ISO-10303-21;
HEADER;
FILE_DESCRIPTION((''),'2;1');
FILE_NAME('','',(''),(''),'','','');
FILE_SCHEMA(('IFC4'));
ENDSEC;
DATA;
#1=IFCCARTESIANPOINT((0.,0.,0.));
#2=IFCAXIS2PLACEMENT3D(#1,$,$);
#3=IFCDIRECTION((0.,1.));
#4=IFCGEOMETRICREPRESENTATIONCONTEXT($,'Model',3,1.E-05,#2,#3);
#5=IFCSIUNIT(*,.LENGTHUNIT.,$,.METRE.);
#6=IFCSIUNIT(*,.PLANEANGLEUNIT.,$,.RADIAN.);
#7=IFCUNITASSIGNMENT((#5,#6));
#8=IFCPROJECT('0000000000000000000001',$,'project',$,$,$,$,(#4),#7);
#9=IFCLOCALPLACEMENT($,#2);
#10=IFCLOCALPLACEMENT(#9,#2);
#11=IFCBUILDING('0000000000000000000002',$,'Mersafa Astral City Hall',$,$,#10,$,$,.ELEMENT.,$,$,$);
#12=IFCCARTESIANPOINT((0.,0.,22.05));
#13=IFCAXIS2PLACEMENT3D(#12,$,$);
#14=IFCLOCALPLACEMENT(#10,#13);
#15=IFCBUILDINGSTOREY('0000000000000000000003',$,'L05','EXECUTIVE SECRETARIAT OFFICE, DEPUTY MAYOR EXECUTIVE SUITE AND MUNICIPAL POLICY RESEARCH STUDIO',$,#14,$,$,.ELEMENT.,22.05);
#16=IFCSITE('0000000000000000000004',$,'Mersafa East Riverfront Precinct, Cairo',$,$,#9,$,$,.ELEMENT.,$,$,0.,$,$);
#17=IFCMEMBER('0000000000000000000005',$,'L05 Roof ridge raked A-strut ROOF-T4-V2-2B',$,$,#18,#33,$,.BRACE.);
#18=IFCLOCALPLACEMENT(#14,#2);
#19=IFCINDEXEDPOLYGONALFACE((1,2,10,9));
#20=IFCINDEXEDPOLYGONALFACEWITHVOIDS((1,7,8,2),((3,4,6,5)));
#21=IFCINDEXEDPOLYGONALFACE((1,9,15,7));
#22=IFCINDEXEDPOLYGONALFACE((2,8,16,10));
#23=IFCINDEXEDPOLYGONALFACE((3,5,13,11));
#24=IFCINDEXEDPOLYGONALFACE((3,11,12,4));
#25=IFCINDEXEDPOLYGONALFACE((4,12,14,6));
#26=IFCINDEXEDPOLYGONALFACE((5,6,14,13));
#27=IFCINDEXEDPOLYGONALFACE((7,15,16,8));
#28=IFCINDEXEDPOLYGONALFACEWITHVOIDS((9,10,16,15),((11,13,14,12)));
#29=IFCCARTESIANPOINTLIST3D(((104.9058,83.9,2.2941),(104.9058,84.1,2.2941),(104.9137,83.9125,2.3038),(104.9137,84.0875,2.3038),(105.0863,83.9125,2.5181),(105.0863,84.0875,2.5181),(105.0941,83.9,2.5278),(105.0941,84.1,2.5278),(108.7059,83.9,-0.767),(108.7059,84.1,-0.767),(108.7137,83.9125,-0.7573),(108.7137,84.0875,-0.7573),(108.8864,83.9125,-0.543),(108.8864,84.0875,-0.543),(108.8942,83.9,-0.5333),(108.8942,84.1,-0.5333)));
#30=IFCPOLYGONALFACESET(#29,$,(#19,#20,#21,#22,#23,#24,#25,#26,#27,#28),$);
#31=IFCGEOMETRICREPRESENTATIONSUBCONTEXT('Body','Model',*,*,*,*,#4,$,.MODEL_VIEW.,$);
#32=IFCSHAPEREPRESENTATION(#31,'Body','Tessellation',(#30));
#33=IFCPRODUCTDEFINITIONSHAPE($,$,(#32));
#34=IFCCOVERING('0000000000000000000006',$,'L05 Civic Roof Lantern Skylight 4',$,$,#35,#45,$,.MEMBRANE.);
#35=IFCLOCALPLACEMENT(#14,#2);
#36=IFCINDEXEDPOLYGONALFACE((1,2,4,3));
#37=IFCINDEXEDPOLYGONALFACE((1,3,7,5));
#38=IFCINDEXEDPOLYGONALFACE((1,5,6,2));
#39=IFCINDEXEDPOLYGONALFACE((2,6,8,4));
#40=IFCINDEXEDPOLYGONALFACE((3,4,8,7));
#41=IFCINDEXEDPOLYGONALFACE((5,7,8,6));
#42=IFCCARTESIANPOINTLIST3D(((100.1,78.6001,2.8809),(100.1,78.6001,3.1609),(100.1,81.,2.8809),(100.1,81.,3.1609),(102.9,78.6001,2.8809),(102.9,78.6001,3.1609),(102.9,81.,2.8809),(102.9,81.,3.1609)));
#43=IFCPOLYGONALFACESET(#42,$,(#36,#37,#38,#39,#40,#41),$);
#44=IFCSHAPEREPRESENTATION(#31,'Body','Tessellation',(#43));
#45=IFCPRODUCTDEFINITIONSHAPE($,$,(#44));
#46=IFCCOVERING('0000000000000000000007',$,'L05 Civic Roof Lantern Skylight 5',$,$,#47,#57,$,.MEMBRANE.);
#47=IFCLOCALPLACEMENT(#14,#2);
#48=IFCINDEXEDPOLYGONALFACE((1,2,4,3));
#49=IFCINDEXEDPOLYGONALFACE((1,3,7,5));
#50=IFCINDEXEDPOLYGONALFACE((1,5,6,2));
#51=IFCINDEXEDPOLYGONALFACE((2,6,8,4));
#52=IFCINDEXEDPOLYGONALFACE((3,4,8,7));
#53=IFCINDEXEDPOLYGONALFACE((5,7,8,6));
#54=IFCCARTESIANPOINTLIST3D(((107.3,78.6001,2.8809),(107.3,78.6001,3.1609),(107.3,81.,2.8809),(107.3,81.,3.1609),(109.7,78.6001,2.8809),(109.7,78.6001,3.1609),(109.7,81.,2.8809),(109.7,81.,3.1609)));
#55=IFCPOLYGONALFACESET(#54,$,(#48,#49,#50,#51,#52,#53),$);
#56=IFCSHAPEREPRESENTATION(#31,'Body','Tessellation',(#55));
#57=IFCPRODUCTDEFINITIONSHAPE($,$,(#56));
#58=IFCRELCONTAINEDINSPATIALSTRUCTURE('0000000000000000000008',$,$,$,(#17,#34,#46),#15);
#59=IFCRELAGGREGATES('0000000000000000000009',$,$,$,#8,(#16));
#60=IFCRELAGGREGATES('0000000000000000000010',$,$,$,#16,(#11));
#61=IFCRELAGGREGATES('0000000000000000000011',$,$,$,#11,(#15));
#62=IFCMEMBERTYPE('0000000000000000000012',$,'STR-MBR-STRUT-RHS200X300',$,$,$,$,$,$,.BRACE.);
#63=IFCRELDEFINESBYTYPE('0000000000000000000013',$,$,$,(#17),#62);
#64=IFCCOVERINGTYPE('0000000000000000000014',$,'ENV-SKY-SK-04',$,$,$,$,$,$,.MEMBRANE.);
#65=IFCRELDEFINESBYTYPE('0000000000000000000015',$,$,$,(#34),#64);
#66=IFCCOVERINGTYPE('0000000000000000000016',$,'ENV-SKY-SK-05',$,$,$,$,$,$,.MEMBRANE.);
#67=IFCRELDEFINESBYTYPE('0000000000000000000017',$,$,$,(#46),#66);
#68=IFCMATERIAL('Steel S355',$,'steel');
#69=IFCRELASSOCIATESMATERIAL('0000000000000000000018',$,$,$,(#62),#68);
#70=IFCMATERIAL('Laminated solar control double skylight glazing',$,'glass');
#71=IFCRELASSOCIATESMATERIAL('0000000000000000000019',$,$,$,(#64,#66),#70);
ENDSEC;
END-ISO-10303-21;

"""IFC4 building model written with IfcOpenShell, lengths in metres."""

from ifc_helpers import new_model, si_unit, direction, frame, origin, origin_2d, place, context, subcontext, project, spatial, rectangle, hollow_rectangle, extrude, material, material_profile, profile_set, type_object, element, save


model = new_model("IFC4")

# Units and contexts
model_context = context("Model", 3, precision=1e-05, world=origin(), true_north=direction((0.0, 1.0)))
body_context = subcontext(model_context, "Body", "Model", "MODEL_VIEW")
ifc_project = project(units=[si_unit("LENGTHUNIT", "METRE"), si_unit("PLANEANGLEUNIT", "RADIAN")], contexts=[model_context])

# Site, building, storey
site_placement = place(None, origin())
site = spatial("IfcSite", under=ifc_project, at=site_placement, Name="Mersafa East Riverfront Precinct, Cairo", CompositionType="ELEMENT", RefElevation=0.0)
building_placement = place(site_placement, origin())
building = spatial("IfcBuilding", under=site, at=building_placement, Name="Mersafa Astral City Hall", CompositionType="ELEMENT")
storey_placement = place(building_placement, frame((0.0, 0.0, 22.05)))
storey = spatial("IfcBuildingStorey", under=building, at=storey_placement, Name="L05", Description="EXECUTIVE SECRETARIAT OFFICE, DEPUTY MAYOR EXECUTIVE SUITE AND MUNICIPAL POLICY RESEARCH STUDIO", CompositionType="ELEMENT", Elevation=22.05)

# Shared definitions
ifc_material_1 = material(Name="Steel S355", Category="steel")

# Member
ifc_material_profile_1 = material_profile(ifc_material_1, hollow_rectangle(XDim=0.2, YDim=0.3, WallThickness=0.0125, at=origin_2d()), Name="RHS 200x300x12.5")
ifc_profile_set_1 = profile_set([ifc_material_profile_1], Name="Steel S355")
member_type_1 = type_object("IfcMemberType", Name="STR-MBR-STRUT-RHS200X300", PredefinedType="BRACE", material=ifc_profile_set_1)
for number, where, z_axis, x_axis, name in (
    (1, (108.8, 84.0, -0.6501), (-0.778765, 0.0, 0.627315), (0.0, -1.0, 0.0), "L05 Roof ridge raked A-strut ROOF-T4-V2-2B"),
):
    element("IfcMember", number, at=place(storey_placement, frame(where, z_axis=z_axis, x_axis=x_axis)), inside=storey, type_object=member_type_1, Name=name, PredefinedType="BRACE", context=body_context, shape_type="SweptSolid", body=[
        extrude(hollow_rectangle(XDim=0.2, YDim=0.3, WallThickness=0.0125, at=origin_2d()), origin(), (0.0, 0.0, 1.0), 4.8796),
    ])

# Coverings
ifc_material_2 = material(Name="Laminated solar control double skylight glazing", Category="glass")
covering_type_1 = type_object("IfcCoveringType", Name="ENV-SKY-SK-04", PredefinedType="MEMBRANE", material=ifc_material_2)
covering_1_placement = place(storey_placement, frame((101.5, 79.8, 2.8809), z_axis=(0.0, 0.0, 1.0), x_axis=(1.0, 0.0, 0.0)))
element("IfcCovering", 2, at=covering_1_placement, inside=storey, type_object=covering_type_1, Name="L05 Civic Roof Lantern Skylight 4", PredefinedType="MEMBRANE", context=body_context, shape_type="SweptSolid", body=[
    extrude(rectangle(XDim=2.8, YDim=2.3999, at=origin_2d()), origin(), (0.0, 0.0, 1.0), 0.28),
])
covering_type_2 = type_object("IfcCoveringType", Name="ENV-SKY-SK-05", PredefinedType="MEMBRANE", material=ifc_material_2)
covering_2_placement = place(storey_placement, frame((108.5, 79.8, 2.8809), z_axis=(0.0, 0.0, 1.0), x_axis=(1.0, 0.0, 0.0)))
element("IfcCovering", 3, at=covering_2_placement, inside=storey, type_object=covering_type_2, Name="L05 Civic Roof Lantern Skylight 5", PredefinedType="MEMBRANE", context=body_context, shape_type="SweptSolid", body=[
    extrude(rectangle(XDim=2.3999, YDim=2.3999, at=origin_2d()), origin(), (0.0, 0.0, 1.0), 0.28),
])

save(model, "model.ifc")
